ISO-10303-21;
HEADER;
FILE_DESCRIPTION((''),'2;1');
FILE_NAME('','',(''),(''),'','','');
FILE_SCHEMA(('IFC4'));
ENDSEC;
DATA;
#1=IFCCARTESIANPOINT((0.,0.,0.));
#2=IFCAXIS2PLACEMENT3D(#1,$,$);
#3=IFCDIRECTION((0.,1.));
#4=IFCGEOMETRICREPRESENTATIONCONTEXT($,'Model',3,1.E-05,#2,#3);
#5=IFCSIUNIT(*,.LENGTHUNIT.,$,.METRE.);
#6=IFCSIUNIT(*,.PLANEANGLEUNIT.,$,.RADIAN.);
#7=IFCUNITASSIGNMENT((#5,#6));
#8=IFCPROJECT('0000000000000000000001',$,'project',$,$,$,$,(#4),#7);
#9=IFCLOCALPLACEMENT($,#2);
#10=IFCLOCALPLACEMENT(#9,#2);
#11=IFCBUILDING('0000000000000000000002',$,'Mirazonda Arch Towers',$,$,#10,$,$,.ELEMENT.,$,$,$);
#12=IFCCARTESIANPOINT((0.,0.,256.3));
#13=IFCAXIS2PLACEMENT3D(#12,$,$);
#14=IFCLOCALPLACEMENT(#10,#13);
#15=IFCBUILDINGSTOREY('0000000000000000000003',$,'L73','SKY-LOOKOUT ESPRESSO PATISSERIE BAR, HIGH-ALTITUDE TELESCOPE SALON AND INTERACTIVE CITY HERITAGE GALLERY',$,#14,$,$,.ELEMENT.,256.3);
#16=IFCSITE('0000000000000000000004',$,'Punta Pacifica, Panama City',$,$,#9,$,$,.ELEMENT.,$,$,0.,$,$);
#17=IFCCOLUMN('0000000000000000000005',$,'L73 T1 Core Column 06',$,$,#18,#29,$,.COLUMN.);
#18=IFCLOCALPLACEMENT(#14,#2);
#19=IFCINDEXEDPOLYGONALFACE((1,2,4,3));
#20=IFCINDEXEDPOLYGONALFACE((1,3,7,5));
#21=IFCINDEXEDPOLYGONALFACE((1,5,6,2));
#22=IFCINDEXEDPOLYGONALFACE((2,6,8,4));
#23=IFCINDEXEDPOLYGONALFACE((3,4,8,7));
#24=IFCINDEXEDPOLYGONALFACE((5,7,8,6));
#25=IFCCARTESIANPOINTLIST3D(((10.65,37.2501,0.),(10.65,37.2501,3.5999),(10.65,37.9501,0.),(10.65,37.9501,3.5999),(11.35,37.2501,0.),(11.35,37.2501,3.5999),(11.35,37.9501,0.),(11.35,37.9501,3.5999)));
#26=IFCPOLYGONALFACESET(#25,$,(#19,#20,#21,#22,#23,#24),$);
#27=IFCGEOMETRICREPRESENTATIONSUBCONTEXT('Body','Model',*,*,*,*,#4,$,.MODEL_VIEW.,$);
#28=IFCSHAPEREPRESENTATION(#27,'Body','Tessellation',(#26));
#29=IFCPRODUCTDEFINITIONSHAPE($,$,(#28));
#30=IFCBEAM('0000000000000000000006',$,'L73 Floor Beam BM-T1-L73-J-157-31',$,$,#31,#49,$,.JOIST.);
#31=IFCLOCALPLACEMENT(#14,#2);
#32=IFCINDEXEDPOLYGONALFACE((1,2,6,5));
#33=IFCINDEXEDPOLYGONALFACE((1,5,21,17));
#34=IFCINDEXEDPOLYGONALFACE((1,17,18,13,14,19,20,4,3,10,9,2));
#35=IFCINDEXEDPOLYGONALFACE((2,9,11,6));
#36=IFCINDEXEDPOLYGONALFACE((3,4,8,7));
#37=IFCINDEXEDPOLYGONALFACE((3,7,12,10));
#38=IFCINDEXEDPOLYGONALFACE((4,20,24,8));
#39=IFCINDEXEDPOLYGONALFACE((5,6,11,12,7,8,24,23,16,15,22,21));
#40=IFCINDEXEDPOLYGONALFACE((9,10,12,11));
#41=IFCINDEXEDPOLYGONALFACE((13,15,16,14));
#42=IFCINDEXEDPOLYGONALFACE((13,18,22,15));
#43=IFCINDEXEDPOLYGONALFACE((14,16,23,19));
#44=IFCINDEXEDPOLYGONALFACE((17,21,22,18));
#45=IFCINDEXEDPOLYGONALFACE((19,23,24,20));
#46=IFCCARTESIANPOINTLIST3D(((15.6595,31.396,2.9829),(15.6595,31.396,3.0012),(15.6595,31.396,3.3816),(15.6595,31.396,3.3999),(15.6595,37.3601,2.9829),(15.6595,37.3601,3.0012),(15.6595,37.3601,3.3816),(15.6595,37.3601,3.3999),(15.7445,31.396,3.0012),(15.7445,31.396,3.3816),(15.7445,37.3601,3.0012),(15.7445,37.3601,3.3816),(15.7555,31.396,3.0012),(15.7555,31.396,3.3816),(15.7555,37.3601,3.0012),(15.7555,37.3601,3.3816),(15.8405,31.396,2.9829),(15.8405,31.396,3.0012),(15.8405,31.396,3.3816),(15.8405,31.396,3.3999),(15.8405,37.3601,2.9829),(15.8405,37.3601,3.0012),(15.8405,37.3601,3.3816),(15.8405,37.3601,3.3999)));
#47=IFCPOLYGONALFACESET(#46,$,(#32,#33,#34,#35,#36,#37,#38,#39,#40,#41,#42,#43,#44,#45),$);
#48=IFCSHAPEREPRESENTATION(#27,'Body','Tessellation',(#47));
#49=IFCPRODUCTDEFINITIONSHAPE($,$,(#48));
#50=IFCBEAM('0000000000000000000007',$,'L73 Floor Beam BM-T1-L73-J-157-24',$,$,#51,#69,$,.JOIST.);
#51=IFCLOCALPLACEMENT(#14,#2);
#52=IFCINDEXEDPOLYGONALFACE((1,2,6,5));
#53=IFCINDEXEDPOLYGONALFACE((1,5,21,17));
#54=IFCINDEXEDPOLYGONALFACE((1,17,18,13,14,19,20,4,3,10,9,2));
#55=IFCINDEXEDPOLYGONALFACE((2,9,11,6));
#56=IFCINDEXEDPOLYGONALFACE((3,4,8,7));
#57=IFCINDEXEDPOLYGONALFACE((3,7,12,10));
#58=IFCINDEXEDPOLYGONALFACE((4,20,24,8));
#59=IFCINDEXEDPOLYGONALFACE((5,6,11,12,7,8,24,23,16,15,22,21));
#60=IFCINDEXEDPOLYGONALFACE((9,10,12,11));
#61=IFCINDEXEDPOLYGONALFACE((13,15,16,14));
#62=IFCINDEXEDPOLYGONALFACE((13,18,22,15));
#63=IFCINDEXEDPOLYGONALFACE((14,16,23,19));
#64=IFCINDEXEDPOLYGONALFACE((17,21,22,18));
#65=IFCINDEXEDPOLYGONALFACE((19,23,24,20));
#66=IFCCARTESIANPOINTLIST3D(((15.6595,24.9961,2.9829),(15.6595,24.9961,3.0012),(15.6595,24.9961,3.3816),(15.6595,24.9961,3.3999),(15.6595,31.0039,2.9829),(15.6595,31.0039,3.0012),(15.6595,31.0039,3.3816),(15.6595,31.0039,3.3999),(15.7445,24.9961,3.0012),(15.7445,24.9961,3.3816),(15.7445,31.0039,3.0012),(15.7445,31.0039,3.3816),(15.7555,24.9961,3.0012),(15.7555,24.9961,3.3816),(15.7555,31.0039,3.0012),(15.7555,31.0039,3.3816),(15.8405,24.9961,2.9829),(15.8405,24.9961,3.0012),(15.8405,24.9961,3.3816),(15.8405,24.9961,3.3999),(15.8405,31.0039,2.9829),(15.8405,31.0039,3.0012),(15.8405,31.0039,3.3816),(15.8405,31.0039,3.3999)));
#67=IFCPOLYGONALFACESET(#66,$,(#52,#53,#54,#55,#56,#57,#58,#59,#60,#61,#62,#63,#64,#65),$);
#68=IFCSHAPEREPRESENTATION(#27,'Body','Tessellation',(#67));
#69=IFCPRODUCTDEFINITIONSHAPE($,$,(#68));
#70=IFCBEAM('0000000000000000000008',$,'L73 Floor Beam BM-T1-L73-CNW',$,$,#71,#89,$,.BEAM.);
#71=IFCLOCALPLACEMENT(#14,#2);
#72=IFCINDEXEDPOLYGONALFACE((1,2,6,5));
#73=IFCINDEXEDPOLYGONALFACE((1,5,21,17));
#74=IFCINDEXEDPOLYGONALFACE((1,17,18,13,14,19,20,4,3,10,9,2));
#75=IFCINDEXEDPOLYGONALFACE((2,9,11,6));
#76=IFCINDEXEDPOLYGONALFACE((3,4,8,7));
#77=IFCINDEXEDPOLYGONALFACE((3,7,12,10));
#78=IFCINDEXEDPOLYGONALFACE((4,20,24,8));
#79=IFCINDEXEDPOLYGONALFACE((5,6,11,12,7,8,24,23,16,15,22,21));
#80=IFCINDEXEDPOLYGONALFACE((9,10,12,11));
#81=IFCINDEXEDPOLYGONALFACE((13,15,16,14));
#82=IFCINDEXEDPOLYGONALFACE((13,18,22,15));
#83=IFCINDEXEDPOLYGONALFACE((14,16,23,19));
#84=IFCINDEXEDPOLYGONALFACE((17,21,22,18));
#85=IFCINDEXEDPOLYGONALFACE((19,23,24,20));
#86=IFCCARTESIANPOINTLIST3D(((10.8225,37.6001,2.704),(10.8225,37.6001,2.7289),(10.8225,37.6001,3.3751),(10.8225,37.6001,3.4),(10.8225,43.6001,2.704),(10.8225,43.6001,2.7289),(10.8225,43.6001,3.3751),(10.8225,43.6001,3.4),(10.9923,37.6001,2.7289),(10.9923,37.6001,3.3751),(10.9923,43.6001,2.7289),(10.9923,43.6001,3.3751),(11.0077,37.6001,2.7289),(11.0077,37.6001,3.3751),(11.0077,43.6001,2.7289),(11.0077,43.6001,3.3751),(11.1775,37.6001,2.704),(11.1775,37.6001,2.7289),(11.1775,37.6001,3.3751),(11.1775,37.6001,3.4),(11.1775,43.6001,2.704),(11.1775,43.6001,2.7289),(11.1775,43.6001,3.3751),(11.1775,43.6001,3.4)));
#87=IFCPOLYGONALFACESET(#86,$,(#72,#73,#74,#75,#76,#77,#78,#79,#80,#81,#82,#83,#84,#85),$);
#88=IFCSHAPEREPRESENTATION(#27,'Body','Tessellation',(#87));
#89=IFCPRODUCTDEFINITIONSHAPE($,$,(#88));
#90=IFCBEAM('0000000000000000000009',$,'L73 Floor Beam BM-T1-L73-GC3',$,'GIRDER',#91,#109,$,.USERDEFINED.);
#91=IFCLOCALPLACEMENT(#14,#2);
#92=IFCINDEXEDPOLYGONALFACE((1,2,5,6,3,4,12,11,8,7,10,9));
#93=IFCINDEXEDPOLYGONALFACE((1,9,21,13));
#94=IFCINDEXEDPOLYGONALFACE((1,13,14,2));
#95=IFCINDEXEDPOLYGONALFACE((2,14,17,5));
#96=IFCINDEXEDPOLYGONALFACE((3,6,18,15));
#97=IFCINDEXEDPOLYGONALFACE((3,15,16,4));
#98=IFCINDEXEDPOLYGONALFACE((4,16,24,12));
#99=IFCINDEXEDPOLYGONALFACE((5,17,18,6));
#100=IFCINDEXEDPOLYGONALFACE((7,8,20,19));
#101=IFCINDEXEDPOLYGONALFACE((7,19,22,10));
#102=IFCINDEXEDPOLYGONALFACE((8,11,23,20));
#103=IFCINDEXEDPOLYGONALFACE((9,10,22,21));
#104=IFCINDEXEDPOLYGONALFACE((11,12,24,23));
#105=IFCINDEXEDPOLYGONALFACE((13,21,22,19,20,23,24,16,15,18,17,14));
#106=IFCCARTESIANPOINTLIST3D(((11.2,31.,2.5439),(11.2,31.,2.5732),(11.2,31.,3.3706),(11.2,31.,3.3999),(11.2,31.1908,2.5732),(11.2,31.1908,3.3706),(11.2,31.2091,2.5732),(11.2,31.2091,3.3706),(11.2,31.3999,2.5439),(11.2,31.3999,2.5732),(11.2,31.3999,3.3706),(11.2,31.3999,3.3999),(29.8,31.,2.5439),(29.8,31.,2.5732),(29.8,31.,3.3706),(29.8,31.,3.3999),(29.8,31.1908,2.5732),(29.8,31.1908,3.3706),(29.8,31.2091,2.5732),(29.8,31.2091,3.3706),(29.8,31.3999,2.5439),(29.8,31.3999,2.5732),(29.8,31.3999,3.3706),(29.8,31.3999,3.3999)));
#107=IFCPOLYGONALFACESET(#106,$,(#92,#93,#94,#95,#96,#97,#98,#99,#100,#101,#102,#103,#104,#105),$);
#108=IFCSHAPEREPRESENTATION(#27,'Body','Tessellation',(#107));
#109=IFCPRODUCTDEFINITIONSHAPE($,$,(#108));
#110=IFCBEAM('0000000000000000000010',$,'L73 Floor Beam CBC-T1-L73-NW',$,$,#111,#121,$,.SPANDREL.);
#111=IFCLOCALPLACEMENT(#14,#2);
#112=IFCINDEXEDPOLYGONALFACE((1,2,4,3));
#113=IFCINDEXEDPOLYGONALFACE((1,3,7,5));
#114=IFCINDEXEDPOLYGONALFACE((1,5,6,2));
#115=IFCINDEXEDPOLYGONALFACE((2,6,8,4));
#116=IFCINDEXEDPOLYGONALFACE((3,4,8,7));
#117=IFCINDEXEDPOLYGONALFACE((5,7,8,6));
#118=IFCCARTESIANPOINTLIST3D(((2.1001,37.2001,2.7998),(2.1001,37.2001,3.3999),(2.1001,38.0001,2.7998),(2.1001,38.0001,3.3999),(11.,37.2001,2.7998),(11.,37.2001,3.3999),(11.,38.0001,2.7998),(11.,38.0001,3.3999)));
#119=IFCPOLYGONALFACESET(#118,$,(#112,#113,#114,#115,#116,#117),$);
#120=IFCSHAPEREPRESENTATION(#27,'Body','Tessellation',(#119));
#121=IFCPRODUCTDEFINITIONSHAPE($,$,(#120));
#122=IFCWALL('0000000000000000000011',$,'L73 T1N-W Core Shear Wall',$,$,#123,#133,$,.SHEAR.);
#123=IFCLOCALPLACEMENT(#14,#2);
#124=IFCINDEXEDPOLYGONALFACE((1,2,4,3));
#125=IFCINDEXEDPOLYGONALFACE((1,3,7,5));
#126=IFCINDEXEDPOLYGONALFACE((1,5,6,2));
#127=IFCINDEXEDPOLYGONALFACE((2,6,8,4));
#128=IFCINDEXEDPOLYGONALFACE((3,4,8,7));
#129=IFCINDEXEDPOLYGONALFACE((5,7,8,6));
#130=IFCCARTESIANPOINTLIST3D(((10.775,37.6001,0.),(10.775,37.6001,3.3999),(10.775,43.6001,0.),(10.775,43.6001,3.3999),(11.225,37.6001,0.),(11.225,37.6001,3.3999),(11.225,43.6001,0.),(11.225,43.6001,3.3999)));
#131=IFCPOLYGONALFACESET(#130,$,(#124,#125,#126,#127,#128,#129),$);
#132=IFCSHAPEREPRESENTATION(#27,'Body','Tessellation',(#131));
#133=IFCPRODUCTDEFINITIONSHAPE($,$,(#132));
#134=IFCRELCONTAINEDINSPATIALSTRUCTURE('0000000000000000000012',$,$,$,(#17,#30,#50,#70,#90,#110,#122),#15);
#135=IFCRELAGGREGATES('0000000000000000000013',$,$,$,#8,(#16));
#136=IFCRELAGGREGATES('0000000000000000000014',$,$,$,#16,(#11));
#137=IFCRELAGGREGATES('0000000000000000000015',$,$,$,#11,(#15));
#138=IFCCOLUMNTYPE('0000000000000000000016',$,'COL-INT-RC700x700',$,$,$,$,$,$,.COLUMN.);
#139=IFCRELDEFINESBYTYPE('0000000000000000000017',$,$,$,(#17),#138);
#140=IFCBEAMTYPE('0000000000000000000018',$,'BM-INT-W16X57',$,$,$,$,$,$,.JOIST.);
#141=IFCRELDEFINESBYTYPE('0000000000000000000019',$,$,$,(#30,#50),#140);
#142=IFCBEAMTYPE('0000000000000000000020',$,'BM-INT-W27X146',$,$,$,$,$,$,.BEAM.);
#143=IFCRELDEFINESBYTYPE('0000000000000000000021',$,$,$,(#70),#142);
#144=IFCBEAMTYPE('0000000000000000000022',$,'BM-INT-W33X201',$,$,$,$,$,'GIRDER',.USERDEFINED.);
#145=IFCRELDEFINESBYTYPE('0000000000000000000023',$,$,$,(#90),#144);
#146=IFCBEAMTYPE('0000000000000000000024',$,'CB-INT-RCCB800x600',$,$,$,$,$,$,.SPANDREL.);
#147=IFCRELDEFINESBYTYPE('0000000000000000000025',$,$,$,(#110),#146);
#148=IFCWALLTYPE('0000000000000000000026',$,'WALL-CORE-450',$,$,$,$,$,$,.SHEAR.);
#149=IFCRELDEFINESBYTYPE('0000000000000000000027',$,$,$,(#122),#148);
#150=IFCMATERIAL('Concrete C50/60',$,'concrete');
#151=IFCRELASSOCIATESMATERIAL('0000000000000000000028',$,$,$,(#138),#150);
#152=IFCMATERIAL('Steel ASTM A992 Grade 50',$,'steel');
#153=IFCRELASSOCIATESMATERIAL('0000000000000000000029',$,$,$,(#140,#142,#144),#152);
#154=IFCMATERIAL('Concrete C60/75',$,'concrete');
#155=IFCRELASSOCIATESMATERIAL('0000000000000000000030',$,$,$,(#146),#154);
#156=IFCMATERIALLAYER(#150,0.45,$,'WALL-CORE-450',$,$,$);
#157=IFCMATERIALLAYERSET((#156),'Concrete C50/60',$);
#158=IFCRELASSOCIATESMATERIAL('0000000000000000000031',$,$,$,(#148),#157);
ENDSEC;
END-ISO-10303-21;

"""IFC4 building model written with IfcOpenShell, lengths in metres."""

from ifc_helpers import new_model, si_unit, direction, frame, frame_2d, origin, origin_2d, place, context, subcontext, project, spatial, rectangle, i_section, extrude, material, layer, layer_set, material_profile, profile_set, type_object, element, save


model = new_model("IFC4")

# Units and contexts
model_context = context("Model", 3, precision=1e-05, world=origin(), true_north=direction((0.0, 1.0)))
body_context = subcontext(model_context, "Body", "Model", "MODEL_VIEW")
ifc_project = project(units=[si_unit("LENGTHUNIT", "METRE"), si_unit("PLANEANGLEUNIT", "RADIAN")], contexts=[model_context])

# Site, building, storey
site_placement = place(None, origin())
site = spatial("IfcSite", under=ifc_project, at=site_placement, Name="Punta Pacifica, Panama City", CompositionType="ELEMENT", RefElevation=0.0)
building_placement = place(site_placement, origin())
building = spatial("IfcBuilding", under=site, at=building_placement, Name="Mirazonda Arch Towers", CompositionType="ELEMENT")
storey_placement = place(building_placement, frame((0.0, 0.0, 256.3)))
storey = spatial("IfcBuildingStorey", under=building, at=storey_placement, Name="L73", Description="SKY-LOOKOUT ESPRESSO PATISSERIE BAR, HIGH-ALTITUDE TELESCOPE SALON AND INTERACTIVE CITY HERITAGE GALLERY", CompositionType="ELEMENT", Elevation=256.3)

# Column
ifc_material_1 = material(Name="Concrete C50/60", Category="concrete")
ifc_material_profile_1 = material_profile(ifc_material_1, rectangle(XDim=0.7, YDim=0.7, at=origin_2d()), Name="RC700x700")
ifc_profile_set_1 = profile_set([ifc_material_profile_1], Name="Concrete C50/60")
column_type = type_object("IfcColumnType", Name="COL-INT-RC700x700", PredefinedType="COLUMN", material=ifc_profile_set_1)
column_placement = place(storey_placement, frame((11.0, 37.6001, 0.0), z_axis=(0.0, 0.0, 1.0), x_axis=(1.0, 0.0, 0.0)))
element("IfcColumn", 1, at=column_placement, inside=storey, type_object=column_type, Name="L73 T1 Core Column 06", PredefinedType="COLUMN", context=body_context, shape_type="SweptSolid", body=[
    extrude(rectangle(XDim=0.7, YDim=0.7, at=origin_2d()), origin(), (0.0, 0.0, 1.0), 3.5999),
])

# Beams
ifc_material_2 = material(Name="Steel ASTM A992 Grade 50", Category="steel")
ifc_material_profile_2 = material_profile(ifc_material_2, i_section(OverallWidth=0.1809, OverallDepth=0.417, WebThickness=0.011, FlangeThickness=0.0183, at=origin_2d()), Name="W16X57")
ifc_profile_set_2 = profile_set([ifc_material_profile_2], Name="Steel ASTM A992 Grade 50")
beam_type_1 = type_object("IfcBeamType", Name="BM-INT-W16X57", PredefinedType="JOIST", material=ifc_profile_set_2)
beam_1_placement = place(storey_placement, frame((15.75, 31.396, 3.1914), z_axis=(0.0, 1.0, 0.0), x_axis=(-1.0, 0.0, 0.0)))
element("IfcBeam", 2, at=beam_1_placement, inside=storey, type_object=beam_type_1, Name="L73 Floor Beam BM-T1-L73-J-157-31", PredefinedType="JOIST", context=body_context, shape_type="SweptSolid", body=[
    extrude(i_section(OverallWidth=0.1809, OverallDepth=0.417, WebThickness=0.011, FlangeThickness=0.0183, at=origin_2d()), origin(), (0.0, 0.0, 1.0), 5.9641),
])
beam_2_placement = place(storey_placement, frame((15.75, 24.9961, 3.1914), z_axis=(0.0, 1.0, 0.0), x_axis=(-1.0, 0.0, 0.0)))
element("IfcBeam", 3, at=beam_2_placement, inside=storey, type_object=beam_type_1, Name="L73 Floor Beam BM-T1-L73-J-157-24", PredefinedType="JOIST", context=body_context, shape_type="SweptSolid", body=[
    extrude(i_section(OverallWidth=0.1809, OverallDepth=0.417, WebThickness=0.011, FlangeThickness=0.0183, at=origin_2d()), origin(), (0.0, 0.0, 1.0), 6.0078),
])
ifc_material_profile_3 = material_profile(ifc_material_2, i_section(OverallWidth=0.355, OverallDepth=0.696, WebThickness=0.0154, FlangeThickness=0.0249, at=origin_2d()), Name="W27X146")
ifc_profile_set_3 = profile_set([ifc_material_profile_3], Name="Steel ASTM A992 Grade 50")
beam_type_2 = type_object("IfcBeamType", Name="BM-INT-W27X146", PredefinedType="BEAM", material=ifc_profile_set_3)
beam_3_placement = place(storey_placement, frame((11.0, 37.6001, 3.052), z_axis=(0.0, 1.0, 0.0), x_axis=(-1.0, 0.0, 0.0)))
element("IfcBeam", 4, at=beam_3_placement, inside=storey, type_object=beam_type_2, Name="L73 Floor Beam BM-T1-L73-CNW", PredefinedType="BEAM", context=body_context, shape_type="SweptSolid", body=[
    extrude(i_section(OverallWidth=0.355, OverallDepth=0.696, WebThickness=0.0154, FlangeThickness=0.0249, at=origin_2d()), origin(), (0.0, 0.0, 1.0), 6.0),
])
ifc_material_profile_4 = material_profile(ifc_material_2, i_section(OverallWidth=0.3999, OverallDepth=0.856, WebThickness=0.0183, FlangeThickness=0.0293, at=origin_2d()), Name="W33X201")
ifc_profile_set_4 = profile_set([ifc_material_profile_4], Name="Steel ASTM A992 Grade 50")
beam_type_3 = type_object("IfcBeamType", Name="BM-INT-W33X201", ElementType="GIRDER", PredefinedType="USERDEFINED", material=ifc_profile_set_4)
beam_4_placement = place(storey_placement, frame((11.2, 31.2, 2.9719), z_axis=(1.0, 0.0, 0.0), x_axis=(0.0, 1.0, 0.0)))
element("IfcBeam", 5, at=beam_4_placement, inside=storey, type_object=beam_type_3, Name="L73 Floor Beam BM-T1-L73-GC3", ObjectType="GIRDER", PredefinedType="USERDEFINED", context=body_context, shape_type="SweptSolid", body=[
    extrude(i_section(OverallWidth=0.3999, OverallDepth=0.856, WebThickness=0.0183, FlangeThickness=0.0293, at=origin_2d()), origin(), (0.0, 0.0, 1.0), 18.6001),
])
ifc_material_3 = material(Name="Concrete C60/75", Category="concrete")
ifc_material_profile_5 = material_profile(ifc_material_3, rectangle(XDim=0.8, YDim=0.6001, at=origin_2d()), Name="RCCB800x600")
ifc_profile_set_5 = profile_set([ifc_material_profile_5], Name="Concrete C60/75")
beam_type_4 = type_object("IfcBeamType", Name="CB-INT-RCCB800x600", PredefinedType="SPANDREL", material=ifc_profile_set_5)
beam_5_placement = place(storey_placement, frame((2.1001, 37.6001, 3.0999), z_axis=(1.0, 0.0, 0.0), x_axis=(0.0, 1.0, 0.0)))
element("IfcBeam", 6, at=beam_5_placement, inside=storey, type_object=beam_type_4, Name="L73 Floor Beam CBC-T1-L73-NW", PredefinedType="SPANDREL", context=body_context, shape_type="SweptSolid", body=[
    extrude(rectangle(XDim=0.8, YDim=0.6001, at=origin_2d()), origin(), (0.0, 0.0, 1.0), 8.8999),
])

# Wall
ifc_layer_1 = layer(ifc_material_1, 0.45, Name="WALL-CORE-450")
ifc_layer_set_1 = layer_set([ifc_layer_1], Name="Concrete C50/60")
wall_type_1 = type_object("IfcWallType", Name="WALL-CORE-450", PredefinedType="SHEAR", material=ifc_layer_set_1)
wall_1_placement = place(storey_placement, frame((11.0, 37.6001, 0.0), z_axis=(0.0, 0.0, 1.0), x_axis=(0.0, 1.0, 0.0)))
element("IfcWall", 7, at=wall_1_placement, inside=storey, type_object=wall_type_1, Name="L73 T1N-W Core Shear Wall", PredefinedType="SHEAR", context=body_context, shape_type="SweptSolid", body=[
    extrude(rectangle(XDim=6.0, YDim=0.45, at=frame_2d((3.0, 0.0))), origin(), (0.0, 0.0, 1.0), 3.3999),
])

save(model, "model.ifc")
